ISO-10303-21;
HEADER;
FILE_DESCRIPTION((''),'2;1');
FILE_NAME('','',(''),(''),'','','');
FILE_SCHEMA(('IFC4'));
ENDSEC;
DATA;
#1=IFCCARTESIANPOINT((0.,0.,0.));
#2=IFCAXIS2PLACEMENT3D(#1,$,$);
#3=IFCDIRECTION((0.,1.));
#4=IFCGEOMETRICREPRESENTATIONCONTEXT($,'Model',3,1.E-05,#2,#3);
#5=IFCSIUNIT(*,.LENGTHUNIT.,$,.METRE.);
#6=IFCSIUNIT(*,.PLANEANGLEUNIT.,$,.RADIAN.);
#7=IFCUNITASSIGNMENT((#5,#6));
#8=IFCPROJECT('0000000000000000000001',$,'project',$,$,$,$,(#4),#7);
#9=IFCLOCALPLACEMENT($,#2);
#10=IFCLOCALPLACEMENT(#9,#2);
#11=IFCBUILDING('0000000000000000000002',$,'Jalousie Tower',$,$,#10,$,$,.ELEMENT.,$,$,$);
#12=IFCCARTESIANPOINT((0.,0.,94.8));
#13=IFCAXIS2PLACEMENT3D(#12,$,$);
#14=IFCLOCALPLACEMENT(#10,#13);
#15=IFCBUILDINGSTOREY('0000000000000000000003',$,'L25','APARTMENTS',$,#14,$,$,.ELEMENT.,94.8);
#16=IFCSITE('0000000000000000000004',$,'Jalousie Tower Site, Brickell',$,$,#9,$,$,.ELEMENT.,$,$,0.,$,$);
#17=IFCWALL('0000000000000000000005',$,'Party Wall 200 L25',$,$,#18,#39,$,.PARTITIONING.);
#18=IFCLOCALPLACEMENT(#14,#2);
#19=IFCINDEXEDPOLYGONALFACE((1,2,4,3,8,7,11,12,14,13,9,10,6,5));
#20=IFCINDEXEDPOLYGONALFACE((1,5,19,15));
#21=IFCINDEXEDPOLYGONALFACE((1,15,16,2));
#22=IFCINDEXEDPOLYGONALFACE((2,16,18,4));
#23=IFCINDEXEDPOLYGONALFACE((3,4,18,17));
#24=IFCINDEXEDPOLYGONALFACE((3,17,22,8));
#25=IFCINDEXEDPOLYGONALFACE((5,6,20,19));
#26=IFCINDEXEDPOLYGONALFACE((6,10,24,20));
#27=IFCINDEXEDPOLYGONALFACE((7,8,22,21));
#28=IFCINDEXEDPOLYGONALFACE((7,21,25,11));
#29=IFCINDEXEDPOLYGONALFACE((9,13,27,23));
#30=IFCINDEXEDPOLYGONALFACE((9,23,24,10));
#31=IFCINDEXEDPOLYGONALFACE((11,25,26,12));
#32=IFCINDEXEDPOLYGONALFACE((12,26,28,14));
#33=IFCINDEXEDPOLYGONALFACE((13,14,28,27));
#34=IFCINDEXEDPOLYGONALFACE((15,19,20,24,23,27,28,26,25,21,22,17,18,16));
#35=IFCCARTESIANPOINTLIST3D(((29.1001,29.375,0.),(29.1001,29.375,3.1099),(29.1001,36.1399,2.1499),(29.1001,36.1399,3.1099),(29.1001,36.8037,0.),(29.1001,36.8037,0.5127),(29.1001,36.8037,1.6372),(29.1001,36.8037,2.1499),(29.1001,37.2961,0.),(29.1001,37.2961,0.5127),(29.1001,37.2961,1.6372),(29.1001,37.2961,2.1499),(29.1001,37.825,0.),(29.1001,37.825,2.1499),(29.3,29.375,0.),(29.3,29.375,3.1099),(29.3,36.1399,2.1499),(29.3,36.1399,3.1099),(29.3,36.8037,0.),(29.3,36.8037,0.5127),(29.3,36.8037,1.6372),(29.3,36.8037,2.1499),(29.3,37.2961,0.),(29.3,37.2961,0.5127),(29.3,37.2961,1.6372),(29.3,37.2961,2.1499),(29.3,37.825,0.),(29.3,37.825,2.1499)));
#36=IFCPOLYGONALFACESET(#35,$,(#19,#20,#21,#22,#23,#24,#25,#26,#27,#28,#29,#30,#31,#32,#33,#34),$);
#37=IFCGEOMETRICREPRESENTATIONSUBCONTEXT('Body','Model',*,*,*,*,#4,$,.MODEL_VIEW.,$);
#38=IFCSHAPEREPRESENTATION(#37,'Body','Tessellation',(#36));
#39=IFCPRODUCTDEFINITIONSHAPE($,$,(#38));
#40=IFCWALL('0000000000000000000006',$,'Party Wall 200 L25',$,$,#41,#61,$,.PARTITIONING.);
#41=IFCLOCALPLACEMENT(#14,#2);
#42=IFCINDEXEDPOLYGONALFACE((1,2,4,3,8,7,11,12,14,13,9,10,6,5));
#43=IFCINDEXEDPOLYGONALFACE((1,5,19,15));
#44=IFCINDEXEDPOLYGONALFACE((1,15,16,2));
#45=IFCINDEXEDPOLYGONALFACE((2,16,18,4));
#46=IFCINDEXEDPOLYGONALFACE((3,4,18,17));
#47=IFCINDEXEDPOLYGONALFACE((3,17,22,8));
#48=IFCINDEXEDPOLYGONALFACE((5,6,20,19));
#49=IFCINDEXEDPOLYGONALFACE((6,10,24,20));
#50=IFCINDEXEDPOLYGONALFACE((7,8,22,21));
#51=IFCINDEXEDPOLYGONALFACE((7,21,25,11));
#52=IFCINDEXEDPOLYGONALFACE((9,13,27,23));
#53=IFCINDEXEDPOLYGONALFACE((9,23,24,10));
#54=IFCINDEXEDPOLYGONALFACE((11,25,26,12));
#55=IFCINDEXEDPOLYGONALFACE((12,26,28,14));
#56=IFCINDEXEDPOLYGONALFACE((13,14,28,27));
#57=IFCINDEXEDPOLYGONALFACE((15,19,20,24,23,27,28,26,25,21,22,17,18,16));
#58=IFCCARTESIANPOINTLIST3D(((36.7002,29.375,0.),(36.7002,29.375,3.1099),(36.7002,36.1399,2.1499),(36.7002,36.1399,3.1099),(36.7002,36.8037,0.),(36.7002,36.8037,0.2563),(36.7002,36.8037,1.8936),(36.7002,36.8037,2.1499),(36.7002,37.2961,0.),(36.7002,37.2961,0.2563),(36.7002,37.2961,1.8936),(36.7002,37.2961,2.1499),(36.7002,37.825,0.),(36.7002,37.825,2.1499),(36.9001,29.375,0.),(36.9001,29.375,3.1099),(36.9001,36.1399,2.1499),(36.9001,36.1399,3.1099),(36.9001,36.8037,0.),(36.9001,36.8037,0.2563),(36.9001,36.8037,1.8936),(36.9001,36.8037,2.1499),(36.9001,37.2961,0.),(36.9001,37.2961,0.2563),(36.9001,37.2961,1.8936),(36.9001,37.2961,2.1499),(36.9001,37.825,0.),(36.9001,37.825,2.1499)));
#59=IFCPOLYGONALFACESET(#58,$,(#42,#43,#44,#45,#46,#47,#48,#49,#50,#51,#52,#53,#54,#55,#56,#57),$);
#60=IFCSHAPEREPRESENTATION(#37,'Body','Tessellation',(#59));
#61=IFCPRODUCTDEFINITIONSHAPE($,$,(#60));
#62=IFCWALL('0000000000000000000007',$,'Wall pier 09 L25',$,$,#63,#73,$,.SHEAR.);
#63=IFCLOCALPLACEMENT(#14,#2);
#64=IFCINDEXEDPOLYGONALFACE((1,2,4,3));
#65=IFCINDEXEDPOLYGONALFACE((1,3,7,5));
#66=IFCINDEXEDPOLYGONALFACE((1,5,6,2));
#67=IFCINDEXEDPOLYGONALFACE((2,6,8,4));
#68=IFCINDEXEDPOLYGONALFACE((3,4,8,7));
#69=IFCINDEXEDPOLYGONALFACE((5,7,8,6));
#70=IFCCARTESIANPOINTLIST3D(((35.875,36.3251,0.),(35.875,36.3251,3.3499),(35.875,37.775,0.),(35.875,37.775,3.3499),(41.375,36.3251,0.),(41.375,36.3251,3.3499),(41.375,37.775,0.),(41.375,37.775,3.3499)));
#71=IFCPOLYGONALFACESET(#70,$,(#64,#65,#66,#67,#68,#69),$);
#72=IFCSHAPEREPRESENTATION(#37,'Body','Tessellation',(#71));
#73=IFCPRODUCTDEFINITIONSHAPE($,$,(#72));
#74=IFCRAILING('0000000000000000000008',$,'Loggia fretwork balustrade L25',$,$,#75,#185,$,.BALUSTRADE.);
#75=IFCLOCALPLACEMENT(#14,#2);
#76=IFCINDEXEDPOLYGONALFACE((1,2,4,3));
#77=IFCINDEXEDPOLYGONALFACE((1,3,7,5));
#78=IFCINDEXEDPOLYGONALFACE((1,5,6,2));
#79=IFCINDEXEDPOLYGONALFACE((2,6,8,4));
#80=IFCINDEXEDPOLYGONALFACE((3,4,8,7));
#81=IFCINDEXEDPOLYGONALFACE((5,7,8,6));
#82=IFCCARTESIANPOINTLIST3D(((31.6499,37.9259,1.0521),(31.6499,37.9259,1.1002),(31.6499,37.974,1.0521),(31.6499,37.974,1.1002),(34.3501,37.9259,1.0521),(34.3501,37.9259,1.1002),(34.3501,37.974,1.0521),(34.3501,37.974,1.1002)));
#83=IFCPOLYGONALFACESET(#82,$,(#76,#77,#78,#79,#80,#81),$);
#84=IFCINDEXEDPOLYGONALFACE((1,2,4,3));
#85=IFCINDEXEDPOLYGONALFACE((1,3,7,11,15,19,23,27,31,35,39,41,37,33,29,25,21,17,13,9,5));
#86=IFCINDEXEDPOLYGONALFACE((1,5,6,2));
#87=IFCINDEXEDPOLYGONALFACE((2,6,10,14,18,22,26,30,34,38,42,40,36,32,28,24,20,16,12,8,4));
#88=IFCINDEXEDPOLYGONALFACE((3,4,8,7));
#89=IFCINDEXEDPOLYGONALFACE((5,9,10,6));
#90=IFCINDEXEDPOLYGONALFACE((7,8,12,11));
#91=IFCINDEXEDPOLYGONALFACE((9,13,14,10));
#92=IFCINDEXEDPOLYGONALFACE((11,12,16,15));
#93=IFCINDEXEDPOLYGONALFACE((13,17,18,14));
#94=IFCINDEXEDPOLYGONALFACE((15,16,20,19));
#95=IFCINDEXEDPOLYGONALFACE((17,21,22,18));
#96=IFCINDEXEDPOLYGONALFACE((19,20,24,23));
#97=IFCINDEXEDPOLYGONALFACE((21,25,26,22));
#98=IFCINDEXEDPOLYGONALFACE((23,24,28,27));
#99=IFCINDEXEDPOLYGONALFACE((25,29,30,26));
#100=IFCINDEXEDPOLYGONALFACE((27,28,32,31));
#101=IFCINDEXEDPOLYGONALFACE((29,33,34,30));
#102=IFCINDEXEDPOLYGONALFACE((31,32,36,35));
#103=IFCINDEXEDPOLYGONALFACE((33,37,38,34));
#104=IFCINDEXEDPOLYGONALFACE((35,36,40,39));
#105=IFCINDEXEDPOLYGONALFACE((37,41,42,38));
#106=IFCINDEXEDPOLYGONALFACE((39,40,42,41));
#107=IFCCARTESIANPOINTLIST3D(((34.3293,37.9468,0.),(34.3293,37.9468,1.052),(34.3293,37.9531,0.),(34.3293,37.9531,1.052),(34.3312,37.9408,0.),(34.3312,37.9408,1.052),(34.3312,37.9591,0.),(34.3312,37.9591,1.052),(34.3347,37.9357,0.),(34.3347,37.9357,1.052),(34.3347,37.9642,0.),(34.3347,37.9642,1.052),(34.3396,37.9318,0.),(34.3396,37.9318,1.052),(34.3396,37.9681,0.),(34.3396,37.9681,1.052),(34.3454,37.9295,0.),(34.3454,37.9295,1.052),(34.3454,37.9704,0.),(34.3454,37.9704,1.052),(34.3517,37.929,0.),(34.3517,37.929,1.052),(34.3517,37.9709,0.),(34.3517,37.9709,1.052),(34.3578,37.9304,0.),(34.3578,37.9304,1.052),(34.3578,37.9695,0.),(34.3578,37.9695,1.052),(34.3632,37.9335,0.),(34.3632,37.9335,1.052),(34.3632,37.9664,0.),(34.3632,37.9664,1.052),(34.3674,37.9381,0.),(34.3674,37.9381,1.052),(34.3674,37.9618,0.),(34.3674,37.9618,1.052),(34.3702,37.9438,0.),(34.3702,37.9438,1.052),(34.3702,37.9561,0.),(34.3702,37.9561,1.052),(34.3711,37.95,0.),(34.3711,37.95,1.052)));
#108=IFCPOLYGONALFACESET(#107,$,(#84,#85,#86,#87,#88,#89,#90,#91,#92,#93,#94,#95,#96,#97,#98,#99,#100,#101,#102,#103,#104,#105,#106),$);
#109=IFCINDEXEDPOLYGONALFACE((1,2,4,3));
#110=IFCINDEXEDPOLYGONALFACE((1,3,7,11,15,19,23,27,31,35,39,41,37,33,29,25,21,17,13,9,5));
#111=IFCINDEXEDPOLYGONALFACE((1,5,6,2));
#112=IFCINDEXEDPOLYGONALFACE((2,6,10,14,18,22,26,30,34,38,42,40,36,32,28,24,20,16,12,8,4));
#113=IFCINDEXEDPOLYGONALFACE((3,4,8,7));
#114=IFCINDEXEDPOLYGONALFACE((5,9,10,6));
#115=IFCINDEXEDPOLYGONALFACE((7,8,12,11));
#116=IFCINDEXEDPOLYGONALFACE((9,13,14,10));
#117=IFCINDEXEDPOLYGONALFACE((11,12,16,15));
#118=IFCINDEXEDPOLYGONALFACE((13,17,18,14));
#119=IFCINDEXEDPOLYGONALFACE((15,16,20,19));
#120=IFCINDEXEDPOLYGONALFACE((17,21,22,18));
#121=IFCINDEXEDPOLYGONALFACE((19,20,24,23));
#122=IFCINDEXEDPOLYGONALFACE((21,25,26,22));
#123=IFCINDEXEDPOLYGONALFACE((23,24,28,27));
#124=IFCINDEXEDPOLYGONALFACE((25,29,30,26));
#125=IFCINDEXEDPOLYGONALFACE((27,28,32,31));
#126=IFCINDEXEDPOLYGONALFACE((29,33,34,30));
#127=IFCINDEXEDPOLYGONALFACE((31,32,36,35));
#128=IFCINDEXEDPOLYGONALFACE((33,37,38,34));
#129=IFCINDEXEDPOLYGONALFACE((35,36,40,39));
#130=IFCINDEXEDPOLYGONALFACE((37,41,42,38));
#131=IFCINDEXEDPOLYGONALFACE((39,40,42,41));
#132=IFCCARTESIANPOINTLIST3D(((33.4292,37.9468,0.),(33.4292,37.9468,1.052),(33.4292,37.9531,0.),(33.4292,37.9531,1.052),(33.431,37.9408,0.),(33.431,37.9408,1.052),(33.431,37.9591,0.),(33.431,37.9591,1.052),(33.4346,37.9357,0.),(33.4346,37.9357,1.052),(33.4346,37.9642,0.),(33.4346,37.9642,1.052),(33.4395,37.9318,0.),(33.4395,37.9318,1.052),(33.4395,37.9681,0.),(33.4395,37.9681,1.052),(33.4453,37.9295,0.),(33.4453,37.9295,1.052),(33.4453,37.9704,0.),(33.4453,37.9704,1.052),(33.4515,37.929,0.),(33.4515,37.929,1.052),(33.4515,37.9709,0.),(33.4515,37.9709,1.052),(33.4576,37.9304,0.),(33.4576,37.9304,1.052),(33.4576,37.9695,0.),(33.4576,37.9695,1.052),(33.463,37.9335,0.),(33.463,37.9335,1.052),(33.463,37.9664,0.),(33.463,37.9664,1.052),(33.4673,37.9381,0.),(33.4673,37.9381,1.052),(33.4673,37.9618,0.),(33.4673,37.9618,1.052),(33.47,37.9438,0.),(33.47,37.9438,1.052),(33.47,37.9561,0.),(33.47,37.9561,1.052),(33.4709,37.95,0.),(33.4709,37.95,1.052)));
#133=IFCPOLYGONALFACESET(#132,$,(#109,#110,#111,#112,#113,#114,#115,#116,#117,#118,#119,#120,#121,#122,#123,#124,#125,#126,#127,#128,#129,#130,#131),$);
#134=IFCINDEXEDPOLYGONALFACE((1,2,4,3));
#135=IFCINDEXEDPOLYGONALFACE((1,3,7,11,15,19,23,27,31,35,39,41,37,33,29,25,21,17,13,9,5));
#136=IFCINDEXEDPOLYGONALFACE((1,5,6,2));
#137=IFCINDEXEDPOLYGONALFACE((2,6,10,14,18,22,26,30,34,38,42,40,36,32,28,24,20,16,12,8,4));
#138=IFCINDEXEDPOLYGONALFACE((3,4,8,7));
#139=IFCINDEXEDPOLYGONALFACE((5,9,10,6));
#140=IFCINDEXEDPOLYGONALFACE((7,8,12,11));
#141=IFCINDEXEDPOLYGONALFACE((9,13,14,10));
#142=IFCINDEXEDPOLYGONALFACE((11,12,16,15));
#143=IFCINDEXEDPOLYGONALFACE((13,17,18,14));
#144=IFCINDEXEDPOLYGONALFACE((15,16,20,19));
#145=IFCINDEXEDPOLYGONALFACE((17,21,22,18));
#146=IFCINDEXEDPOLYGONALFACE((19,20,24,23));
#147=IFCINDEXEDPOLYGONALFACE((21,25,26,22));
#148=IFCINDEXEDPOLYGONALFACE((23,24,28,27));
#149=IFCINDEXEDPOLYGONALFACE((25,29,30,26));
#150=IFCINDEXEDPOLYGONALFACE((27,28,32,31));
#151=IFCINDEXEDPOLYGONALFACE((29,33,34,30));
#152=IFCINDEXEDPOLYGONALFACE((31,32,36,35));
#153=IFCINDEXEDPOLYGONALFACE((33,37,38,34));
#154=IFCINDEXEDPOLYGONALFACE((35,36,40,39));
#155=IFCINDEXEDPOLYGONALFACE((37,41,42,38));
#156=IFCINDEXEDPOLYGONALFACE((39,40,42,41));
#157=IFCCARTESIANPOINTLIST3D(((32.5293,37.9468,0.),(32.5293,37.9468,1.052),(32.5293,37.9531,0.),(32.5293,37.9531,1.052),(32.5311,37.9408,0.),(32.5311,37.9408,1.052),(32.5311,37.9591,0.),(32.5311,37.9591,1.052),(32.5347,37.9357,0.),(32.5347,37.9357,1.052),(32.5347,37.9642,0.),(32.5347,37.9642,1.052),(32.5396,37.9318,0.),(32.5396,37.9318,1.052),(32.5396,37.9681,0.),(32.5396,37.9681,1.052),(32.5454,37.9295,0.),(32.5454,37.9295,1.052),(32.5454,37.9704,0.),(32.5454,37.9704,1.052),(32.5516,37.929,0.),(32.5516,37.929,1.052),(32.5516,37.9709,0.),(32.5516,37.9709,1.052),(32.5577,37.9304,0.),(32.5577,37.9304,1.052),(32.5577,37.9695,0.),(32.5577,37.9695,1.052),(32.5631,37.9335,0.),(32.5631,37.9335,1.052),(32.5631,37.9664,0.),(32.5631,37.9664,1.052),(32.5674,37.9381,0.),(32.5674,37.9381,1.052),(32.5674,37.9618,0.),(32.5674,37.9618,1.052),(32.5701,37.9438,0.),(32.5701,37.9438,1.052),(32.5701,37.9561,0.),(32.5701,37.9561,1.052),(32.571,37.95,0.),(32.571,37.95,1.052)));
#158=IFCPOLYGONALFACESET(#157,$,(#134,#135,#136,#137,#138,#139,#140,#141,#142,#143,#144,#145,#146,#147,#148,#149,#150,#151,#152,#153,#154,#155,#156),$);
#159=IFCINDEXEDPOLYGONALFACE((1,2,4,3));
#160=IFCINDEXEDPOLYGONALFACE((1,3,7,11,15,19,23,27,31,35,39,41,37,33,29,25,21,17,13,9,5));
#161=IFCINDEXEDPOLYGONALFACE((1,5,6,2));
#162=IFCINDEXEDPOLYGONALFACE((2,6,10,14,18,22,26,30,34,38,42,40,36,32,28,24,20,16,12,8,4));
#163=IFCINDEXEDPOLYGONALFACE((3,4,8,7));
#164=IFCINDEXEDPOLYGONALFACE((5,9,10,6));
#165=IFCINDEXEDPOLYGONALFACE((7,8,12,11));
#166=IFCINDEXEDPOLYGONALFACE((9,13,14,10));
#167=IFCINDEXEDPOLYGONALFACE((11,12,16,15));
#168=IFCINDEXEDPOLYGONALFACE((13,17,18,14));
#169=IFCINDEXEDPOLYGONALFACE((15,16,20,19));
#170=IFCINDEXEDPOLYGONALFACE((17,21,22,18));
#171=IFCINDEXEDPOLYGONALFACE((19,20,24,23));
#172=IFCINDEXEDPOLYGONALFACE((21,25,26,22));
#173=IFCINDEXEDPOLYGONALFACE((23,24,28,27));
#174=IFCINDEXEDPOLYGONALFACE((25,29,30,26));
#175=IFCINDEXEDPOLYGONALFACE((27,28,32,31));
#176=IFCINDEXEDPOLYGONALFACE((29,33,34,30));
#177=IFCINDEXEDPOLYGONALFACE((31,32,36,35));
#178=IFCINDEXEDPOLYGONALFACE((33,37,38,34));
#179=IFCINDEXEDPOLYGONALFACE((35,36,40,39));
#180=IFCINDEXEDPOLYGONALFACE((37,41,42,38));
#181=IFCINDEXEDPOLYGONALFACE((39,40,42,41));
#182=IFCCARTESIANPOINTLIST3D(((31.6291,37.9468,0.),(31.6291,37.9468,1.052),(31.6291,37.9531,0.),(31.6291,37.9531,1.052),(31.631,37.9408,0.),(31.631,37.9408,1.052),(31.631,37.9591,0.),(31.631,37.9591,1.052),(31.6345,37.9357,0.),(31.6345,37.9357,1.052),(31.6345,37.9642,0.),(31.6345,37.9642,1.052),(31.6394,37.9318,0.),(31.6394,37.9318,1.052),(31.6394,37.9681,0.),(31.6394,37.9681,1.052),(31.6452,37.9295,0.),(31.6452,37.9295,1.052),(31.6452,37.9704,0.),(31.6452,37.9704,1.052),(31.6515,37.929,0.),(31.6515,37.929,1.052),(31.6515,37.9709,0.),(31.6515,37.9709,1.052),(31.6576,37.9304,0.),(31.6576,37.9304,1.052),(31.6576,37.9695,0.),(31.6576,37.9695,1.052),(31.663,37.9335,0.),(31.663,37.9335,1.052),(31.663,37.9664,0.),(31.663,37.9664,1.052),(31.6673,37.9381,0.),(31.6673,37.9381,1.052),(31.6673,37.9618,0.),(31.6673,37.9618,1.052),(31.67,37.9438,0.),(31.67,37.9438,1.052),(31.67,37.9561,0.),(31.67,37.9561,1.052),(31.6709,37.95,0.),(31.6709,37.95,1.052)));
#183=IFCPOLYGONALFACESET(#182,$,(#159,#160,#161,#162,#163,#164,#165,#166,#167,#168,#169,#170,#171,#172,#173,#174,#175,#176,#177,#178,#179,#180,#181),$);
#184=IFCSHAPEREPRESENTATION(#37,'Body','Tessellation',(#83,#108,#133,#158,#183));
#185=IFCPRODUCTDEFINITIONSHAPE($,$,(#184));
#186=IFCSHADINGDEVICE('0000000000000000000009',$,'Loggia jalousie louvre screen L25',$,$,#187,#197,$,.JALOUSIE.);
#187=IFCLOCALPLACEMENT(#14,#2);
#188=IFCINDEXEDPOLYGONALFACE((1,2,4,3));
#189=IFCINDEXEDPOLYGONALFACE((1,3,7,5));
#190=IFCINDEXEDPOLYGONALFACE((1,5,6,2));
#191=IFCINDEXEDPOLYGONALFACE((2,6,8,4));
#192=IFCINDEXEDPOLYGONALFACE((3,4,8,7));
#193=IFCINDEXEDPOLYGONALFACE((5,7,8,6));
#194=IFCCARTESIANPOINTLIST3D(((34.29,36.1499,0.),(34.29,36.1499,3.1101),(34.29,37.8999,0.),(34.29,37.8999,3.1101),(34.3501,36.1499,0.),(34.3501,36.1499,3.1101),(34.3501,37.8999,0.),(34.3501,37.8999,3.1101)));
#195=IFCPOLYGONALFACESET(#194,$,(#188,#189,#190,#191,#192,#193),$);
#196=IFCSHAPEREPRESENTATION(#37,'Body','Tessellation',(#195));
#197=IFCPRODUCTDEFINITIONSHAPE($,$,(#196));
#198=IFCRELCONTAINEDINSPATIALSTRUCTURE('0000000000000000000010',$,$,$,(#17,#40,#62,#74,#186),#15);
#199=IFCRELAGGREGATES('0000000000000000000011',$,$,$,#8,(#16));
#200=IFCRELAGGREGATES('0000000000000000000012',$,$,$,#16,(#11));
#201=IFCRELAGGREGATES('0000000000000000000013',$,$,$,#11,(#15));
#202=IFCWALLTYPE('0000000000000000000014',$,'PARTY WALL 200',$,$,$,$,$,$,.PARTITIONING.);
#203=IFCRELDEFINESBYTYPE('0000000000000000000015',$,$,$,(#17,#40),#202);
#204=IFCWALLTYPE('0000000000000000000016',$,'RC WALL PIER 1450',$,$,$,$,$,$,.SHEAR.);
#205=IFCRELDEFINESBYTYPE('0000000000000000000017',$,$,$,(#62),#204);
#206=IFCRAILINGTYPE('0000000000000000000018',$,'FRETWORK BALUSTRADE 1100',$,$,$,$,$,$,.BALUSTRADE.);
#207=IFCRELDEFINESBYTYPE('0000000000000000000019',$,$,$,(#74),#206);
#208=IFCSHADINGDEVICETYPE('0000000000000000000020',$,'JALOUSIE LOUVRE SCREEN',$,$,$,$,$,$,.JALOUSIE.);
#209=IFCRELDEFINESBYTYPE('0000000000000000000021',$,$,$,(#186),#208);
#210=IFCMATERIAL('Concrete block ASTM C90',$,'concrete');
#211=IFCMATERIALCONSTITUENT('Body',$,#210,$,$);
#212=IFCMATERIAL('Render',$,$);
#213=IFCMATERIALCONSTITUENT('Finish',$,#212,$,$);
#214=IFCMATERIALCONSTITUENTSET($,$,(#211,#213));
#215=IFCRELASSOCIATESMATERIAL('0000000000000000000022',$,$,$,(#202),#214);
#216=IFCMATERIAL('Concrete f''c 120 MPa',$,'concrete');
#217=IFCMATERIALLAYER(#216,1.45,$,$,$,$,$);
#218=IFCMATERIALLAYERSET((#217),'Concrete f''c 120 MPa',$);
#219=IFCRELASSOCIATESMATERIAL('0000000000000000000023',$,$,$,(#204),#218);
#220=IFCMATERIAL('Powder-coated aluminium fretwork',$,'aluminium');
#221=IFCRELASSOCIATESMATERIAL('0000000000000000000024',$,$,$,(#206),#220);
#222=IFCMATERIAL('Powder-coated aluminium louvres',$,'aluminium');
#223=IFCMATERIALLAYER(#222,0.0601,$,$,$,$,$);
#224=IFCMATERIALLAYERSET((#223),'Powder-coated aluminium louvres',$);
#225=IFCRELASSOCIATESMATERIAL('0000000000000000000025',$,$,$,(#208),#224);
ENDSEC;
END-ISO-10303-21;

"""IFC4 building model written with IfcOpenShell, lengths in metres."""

from ifc_helpers import new_model, si_unit, direction, frame, frame_2d, origin, origin_2d, place, context, subcontext, project, spatial, polyline, rectangle, circle, outline, extrude, material, layer, layer_set, constituent, constituent_set, type_object, element, save


model = new_model("IFC4")

# Units and contexts
model_context = context("Model", 3, precision=1e-05, world=origin(), true_north=direction((0.0, 1.0)))
body_context = subcontext(model_context, "Body", "Model", "MODEL_VIEW")
ifc_project = project(units=[si_unit("LENGTHUNIT", "METRE"), si_unit("PLANEANGLEUNIT", "RADIAN")], contexts=[model_context])

# Site, building, storey
site_placement = place(None, origin())
site = spatial("IfcSite", under=ifc_project, at=site_placement, Name="Jalousie Tower Site, Brickell", CompositionType="ELEMENT", RefElevation=0.0)
building_placement = place(site_placement, origin())
building = spatial("IfcBuilding", under=site, at=building_placement, Name="Jalousie Tower", CompositionType="ELEMENT")
storey_placement = place(building_placement, frame((0.0, 0.0, 94.8)))
storey = spatial("IfcBuildingStorey", under=building, at=storey_placement, Name="L25", Description="APARTMENTS", CompositionType="ELEMENT", Elevation=94.8)

# Walls
ifc_material_1 = material(Name="Concrete block ASTM C90", Category="concrete")
ifc_constituent_1 = constituent(ifc_material_1, Name="Body")
ifc_material_2 = material(Name="Render")
ifc_constituent_2 = constituent(ifc_material_2, Name="Finish")
ifc_constituent_set_1 = constituent_set(constituents=[ifc_constituent_1, ifc_constituent_2])
wall_type_1 = type_object("IfcWallType", Name="PARTY WALL 200", PredefinedType="PARTITIONING", material=ifc_constituent_set_1)
wall_1_placement = place(storey_placement, frame((29.2, 37.825, 0.0), z_axis=(0.0, 0.0, 1.0), x_axis=(0.0, -1.0, 0.0)))
element("IfcWall", 1, at=wall_1_placement, inside=storey, type_object=wall_type_1, Name="Party Wall 200 L25", PredefinedType="PARTITIONING", context=body_context, shape_type="SweptSolid", body=[
    extrude(outline(polyline([(0.5288, 2.1499), (0.0, 2.1499), (0.0, 0.0), (0.5288, 0.0), (0.5288, 0.5127), (1.0212, 0.5127), (1.0212, 0.0), (8.45, 0.0), (8.45, 3.1099), (1.6851, 3.1099), (1.6851, 2.1499), (1.0212, 2.1499), (1.0212, 1.6372), (0.5288, 1.6372), (0.5288, 2.1499)])), frame((0.0, 0.1001, 0.0), z_axis=(0.0, -1.0, 0.0), x_axis=(1.0, 0.0, 0.0)), (0.0, 0.0, 1.0), 0.2),
])
wall_2_placement = place(storey_placement, frame((36.8, 37.825, 0.0), z_axis=(0.0, 0.0, 1.0), x_axis=(0.0, -1.0, 0.0)))
element("IfcWall", 2, at=wall_2_placement, inside=storey, type_object=wall_type_1, Name="Party Wall 200 L25", PredefinedType="PARTITIONING", context=body_context, shape_type="SweptSolid", body=[
    extrude(outline(polyline([(0.5288, 2.1499), (0.0, 2.1499), (0.0, 0.0), (0.5288, 0.0), (0.5288, 0.2563), (1.0212, 0.2563), (1.0212, 0.0), (8.45, 0.0), (8.45, 3.1099), (1.6851, 3.1099), (1.6851, 2.1499), (1.0212, 2.1499), (1.0212, 1.8936), (0.5288, 1.8936), (0.5288, 2.1499)])), frame((0.0, 0.1001, 0.0), z_axis=(0.0, -1.0, 0.0), x_axis=(1.0, 0.0, 0.0)), (0.0, 0.0, 1.0), 0.2),
])
ifc_material_3 = material(Name="Concrete f'c 120 MPa", Category="concrete")
ifc_layer_1 = layer(ifc_material_3, 1.45)
ifc_layer_set_1 = layer_set([ifc_layer_1], Name="Concrete f'c 120 MPa")
wall_type_2 = type_object("IfcWallType", Name="RC WALL PIER 1450", PredefinedType="SHEAR", material=ifc_layer_set_1)
wall_3_placement = place(storey_placement, frame((35.875, 37.05, 0.0), z_axis=(0.0, 0.0, 1.0), x_axis=(1.0, 0.0, 0.0)))
element("IfcWall", 3, at=wall_3_placement, inside=storey, type_object=wall_type_2, Name="Wall pier 09 L25", PredefinedType="SHEAR", context=body_context, shape_type="SweptSolid", body=[
    extrude(rectangle(XDim=5.5, YDim=1.45, at=frame_2d((2.75, 0.0))), origin(), (0.0, 0.0, 1.0), 3.3499),
])

# Railing
ifc_material_4 = material(Name="Powder-coated aluminium fretwork", Category="aluminium")
railing_type = type_object("IfcRailingType", Name="FRETWORK BALUSTRADE 1100", PredefinedType="BALUSTRADE", material=ifc_material_4)
railing_placement = place(storey_placement, frame((34.3501, 37.95, 0.0)))
element("IfcRailing", 4, at=railing_placement, inside=storey, type_object=railing_type, Name="Loggia fretwork balustrade L25", PredefinedType="BALUSTRADE", context=body_context, shape_type="SweptSolid", body=[
    extrude(rectangle(XDim=0.0481, YDim=0.0481, at=origin_2d()), frame((0.0, 0.0, 1.0762), z_axis=(-1.0, 0.0, 0.0), x_axis=(0.0, -1.0, 0.0)), (0.0, 0.0, 1.0), 2.7002),
    extrude(circle(Radius=0.021, at=origin_2d()), origin(), (0.0, 0.0, 1.0), 1.052),
    extrude(circle(Radius=0.021, at=origin_2d()), frame((-0.9001, 0.0, 0.0)), (0.0, 0.0, 1.0), 1.052),
    extrude(circle(Radius=0.021, at=origin_2d()), frame((-1.8, 0.0, 0.0)), (0.0, 0.0, 1.0), 1.052),
    extrude(circle(Radius=0.021, at=origin_2d()), frame((-2.7002, 0.0, 0.0)), (0.0, 0.0, 1.0), 1.052),
])

# Shading device
ifc_material_5 = material(Name="Powder-coated aluminium louvres", Category="aluminium")
ifc_layer_2 = layer(ifc_material_5, 0.0601)
ifc_layer_set_2 = layer_set([ifc_layer_2], Name="Powder-coated aluminium louvres")
shading_device_type = type_object("IfcShadingDeviceType", Name="JALOUSIE LOUVRE SCREEN", PredefinedType="JALOUSIE", material=ifc_layer_set_2)
for number, where, z_axis, x_axis, name in (
    (5, (34.3201, 37.0249, 0.0), (0.0, 0.0, 1.0), (-1.0, 0.0, 0.0), "Loggia jalousie louvre screen L25"),
):
    element("IfcShadingDevice", number, at=place(storey_placement, frame(where, z_axis=z_axis, x_axis=x_axis)), inside=storey, type_object=shading_device_type, Name=name, PredefinedType="JALOUSIE", context=body_context, shape_type="SweptSolid", body=[
        extrude(rectangle(XDim=0.0601, YDim=1.75, at=origin_2d()), origin(), (0.0, 0.0, 1.0), 3.1101),
    ])

save(model, "model.ifc")
